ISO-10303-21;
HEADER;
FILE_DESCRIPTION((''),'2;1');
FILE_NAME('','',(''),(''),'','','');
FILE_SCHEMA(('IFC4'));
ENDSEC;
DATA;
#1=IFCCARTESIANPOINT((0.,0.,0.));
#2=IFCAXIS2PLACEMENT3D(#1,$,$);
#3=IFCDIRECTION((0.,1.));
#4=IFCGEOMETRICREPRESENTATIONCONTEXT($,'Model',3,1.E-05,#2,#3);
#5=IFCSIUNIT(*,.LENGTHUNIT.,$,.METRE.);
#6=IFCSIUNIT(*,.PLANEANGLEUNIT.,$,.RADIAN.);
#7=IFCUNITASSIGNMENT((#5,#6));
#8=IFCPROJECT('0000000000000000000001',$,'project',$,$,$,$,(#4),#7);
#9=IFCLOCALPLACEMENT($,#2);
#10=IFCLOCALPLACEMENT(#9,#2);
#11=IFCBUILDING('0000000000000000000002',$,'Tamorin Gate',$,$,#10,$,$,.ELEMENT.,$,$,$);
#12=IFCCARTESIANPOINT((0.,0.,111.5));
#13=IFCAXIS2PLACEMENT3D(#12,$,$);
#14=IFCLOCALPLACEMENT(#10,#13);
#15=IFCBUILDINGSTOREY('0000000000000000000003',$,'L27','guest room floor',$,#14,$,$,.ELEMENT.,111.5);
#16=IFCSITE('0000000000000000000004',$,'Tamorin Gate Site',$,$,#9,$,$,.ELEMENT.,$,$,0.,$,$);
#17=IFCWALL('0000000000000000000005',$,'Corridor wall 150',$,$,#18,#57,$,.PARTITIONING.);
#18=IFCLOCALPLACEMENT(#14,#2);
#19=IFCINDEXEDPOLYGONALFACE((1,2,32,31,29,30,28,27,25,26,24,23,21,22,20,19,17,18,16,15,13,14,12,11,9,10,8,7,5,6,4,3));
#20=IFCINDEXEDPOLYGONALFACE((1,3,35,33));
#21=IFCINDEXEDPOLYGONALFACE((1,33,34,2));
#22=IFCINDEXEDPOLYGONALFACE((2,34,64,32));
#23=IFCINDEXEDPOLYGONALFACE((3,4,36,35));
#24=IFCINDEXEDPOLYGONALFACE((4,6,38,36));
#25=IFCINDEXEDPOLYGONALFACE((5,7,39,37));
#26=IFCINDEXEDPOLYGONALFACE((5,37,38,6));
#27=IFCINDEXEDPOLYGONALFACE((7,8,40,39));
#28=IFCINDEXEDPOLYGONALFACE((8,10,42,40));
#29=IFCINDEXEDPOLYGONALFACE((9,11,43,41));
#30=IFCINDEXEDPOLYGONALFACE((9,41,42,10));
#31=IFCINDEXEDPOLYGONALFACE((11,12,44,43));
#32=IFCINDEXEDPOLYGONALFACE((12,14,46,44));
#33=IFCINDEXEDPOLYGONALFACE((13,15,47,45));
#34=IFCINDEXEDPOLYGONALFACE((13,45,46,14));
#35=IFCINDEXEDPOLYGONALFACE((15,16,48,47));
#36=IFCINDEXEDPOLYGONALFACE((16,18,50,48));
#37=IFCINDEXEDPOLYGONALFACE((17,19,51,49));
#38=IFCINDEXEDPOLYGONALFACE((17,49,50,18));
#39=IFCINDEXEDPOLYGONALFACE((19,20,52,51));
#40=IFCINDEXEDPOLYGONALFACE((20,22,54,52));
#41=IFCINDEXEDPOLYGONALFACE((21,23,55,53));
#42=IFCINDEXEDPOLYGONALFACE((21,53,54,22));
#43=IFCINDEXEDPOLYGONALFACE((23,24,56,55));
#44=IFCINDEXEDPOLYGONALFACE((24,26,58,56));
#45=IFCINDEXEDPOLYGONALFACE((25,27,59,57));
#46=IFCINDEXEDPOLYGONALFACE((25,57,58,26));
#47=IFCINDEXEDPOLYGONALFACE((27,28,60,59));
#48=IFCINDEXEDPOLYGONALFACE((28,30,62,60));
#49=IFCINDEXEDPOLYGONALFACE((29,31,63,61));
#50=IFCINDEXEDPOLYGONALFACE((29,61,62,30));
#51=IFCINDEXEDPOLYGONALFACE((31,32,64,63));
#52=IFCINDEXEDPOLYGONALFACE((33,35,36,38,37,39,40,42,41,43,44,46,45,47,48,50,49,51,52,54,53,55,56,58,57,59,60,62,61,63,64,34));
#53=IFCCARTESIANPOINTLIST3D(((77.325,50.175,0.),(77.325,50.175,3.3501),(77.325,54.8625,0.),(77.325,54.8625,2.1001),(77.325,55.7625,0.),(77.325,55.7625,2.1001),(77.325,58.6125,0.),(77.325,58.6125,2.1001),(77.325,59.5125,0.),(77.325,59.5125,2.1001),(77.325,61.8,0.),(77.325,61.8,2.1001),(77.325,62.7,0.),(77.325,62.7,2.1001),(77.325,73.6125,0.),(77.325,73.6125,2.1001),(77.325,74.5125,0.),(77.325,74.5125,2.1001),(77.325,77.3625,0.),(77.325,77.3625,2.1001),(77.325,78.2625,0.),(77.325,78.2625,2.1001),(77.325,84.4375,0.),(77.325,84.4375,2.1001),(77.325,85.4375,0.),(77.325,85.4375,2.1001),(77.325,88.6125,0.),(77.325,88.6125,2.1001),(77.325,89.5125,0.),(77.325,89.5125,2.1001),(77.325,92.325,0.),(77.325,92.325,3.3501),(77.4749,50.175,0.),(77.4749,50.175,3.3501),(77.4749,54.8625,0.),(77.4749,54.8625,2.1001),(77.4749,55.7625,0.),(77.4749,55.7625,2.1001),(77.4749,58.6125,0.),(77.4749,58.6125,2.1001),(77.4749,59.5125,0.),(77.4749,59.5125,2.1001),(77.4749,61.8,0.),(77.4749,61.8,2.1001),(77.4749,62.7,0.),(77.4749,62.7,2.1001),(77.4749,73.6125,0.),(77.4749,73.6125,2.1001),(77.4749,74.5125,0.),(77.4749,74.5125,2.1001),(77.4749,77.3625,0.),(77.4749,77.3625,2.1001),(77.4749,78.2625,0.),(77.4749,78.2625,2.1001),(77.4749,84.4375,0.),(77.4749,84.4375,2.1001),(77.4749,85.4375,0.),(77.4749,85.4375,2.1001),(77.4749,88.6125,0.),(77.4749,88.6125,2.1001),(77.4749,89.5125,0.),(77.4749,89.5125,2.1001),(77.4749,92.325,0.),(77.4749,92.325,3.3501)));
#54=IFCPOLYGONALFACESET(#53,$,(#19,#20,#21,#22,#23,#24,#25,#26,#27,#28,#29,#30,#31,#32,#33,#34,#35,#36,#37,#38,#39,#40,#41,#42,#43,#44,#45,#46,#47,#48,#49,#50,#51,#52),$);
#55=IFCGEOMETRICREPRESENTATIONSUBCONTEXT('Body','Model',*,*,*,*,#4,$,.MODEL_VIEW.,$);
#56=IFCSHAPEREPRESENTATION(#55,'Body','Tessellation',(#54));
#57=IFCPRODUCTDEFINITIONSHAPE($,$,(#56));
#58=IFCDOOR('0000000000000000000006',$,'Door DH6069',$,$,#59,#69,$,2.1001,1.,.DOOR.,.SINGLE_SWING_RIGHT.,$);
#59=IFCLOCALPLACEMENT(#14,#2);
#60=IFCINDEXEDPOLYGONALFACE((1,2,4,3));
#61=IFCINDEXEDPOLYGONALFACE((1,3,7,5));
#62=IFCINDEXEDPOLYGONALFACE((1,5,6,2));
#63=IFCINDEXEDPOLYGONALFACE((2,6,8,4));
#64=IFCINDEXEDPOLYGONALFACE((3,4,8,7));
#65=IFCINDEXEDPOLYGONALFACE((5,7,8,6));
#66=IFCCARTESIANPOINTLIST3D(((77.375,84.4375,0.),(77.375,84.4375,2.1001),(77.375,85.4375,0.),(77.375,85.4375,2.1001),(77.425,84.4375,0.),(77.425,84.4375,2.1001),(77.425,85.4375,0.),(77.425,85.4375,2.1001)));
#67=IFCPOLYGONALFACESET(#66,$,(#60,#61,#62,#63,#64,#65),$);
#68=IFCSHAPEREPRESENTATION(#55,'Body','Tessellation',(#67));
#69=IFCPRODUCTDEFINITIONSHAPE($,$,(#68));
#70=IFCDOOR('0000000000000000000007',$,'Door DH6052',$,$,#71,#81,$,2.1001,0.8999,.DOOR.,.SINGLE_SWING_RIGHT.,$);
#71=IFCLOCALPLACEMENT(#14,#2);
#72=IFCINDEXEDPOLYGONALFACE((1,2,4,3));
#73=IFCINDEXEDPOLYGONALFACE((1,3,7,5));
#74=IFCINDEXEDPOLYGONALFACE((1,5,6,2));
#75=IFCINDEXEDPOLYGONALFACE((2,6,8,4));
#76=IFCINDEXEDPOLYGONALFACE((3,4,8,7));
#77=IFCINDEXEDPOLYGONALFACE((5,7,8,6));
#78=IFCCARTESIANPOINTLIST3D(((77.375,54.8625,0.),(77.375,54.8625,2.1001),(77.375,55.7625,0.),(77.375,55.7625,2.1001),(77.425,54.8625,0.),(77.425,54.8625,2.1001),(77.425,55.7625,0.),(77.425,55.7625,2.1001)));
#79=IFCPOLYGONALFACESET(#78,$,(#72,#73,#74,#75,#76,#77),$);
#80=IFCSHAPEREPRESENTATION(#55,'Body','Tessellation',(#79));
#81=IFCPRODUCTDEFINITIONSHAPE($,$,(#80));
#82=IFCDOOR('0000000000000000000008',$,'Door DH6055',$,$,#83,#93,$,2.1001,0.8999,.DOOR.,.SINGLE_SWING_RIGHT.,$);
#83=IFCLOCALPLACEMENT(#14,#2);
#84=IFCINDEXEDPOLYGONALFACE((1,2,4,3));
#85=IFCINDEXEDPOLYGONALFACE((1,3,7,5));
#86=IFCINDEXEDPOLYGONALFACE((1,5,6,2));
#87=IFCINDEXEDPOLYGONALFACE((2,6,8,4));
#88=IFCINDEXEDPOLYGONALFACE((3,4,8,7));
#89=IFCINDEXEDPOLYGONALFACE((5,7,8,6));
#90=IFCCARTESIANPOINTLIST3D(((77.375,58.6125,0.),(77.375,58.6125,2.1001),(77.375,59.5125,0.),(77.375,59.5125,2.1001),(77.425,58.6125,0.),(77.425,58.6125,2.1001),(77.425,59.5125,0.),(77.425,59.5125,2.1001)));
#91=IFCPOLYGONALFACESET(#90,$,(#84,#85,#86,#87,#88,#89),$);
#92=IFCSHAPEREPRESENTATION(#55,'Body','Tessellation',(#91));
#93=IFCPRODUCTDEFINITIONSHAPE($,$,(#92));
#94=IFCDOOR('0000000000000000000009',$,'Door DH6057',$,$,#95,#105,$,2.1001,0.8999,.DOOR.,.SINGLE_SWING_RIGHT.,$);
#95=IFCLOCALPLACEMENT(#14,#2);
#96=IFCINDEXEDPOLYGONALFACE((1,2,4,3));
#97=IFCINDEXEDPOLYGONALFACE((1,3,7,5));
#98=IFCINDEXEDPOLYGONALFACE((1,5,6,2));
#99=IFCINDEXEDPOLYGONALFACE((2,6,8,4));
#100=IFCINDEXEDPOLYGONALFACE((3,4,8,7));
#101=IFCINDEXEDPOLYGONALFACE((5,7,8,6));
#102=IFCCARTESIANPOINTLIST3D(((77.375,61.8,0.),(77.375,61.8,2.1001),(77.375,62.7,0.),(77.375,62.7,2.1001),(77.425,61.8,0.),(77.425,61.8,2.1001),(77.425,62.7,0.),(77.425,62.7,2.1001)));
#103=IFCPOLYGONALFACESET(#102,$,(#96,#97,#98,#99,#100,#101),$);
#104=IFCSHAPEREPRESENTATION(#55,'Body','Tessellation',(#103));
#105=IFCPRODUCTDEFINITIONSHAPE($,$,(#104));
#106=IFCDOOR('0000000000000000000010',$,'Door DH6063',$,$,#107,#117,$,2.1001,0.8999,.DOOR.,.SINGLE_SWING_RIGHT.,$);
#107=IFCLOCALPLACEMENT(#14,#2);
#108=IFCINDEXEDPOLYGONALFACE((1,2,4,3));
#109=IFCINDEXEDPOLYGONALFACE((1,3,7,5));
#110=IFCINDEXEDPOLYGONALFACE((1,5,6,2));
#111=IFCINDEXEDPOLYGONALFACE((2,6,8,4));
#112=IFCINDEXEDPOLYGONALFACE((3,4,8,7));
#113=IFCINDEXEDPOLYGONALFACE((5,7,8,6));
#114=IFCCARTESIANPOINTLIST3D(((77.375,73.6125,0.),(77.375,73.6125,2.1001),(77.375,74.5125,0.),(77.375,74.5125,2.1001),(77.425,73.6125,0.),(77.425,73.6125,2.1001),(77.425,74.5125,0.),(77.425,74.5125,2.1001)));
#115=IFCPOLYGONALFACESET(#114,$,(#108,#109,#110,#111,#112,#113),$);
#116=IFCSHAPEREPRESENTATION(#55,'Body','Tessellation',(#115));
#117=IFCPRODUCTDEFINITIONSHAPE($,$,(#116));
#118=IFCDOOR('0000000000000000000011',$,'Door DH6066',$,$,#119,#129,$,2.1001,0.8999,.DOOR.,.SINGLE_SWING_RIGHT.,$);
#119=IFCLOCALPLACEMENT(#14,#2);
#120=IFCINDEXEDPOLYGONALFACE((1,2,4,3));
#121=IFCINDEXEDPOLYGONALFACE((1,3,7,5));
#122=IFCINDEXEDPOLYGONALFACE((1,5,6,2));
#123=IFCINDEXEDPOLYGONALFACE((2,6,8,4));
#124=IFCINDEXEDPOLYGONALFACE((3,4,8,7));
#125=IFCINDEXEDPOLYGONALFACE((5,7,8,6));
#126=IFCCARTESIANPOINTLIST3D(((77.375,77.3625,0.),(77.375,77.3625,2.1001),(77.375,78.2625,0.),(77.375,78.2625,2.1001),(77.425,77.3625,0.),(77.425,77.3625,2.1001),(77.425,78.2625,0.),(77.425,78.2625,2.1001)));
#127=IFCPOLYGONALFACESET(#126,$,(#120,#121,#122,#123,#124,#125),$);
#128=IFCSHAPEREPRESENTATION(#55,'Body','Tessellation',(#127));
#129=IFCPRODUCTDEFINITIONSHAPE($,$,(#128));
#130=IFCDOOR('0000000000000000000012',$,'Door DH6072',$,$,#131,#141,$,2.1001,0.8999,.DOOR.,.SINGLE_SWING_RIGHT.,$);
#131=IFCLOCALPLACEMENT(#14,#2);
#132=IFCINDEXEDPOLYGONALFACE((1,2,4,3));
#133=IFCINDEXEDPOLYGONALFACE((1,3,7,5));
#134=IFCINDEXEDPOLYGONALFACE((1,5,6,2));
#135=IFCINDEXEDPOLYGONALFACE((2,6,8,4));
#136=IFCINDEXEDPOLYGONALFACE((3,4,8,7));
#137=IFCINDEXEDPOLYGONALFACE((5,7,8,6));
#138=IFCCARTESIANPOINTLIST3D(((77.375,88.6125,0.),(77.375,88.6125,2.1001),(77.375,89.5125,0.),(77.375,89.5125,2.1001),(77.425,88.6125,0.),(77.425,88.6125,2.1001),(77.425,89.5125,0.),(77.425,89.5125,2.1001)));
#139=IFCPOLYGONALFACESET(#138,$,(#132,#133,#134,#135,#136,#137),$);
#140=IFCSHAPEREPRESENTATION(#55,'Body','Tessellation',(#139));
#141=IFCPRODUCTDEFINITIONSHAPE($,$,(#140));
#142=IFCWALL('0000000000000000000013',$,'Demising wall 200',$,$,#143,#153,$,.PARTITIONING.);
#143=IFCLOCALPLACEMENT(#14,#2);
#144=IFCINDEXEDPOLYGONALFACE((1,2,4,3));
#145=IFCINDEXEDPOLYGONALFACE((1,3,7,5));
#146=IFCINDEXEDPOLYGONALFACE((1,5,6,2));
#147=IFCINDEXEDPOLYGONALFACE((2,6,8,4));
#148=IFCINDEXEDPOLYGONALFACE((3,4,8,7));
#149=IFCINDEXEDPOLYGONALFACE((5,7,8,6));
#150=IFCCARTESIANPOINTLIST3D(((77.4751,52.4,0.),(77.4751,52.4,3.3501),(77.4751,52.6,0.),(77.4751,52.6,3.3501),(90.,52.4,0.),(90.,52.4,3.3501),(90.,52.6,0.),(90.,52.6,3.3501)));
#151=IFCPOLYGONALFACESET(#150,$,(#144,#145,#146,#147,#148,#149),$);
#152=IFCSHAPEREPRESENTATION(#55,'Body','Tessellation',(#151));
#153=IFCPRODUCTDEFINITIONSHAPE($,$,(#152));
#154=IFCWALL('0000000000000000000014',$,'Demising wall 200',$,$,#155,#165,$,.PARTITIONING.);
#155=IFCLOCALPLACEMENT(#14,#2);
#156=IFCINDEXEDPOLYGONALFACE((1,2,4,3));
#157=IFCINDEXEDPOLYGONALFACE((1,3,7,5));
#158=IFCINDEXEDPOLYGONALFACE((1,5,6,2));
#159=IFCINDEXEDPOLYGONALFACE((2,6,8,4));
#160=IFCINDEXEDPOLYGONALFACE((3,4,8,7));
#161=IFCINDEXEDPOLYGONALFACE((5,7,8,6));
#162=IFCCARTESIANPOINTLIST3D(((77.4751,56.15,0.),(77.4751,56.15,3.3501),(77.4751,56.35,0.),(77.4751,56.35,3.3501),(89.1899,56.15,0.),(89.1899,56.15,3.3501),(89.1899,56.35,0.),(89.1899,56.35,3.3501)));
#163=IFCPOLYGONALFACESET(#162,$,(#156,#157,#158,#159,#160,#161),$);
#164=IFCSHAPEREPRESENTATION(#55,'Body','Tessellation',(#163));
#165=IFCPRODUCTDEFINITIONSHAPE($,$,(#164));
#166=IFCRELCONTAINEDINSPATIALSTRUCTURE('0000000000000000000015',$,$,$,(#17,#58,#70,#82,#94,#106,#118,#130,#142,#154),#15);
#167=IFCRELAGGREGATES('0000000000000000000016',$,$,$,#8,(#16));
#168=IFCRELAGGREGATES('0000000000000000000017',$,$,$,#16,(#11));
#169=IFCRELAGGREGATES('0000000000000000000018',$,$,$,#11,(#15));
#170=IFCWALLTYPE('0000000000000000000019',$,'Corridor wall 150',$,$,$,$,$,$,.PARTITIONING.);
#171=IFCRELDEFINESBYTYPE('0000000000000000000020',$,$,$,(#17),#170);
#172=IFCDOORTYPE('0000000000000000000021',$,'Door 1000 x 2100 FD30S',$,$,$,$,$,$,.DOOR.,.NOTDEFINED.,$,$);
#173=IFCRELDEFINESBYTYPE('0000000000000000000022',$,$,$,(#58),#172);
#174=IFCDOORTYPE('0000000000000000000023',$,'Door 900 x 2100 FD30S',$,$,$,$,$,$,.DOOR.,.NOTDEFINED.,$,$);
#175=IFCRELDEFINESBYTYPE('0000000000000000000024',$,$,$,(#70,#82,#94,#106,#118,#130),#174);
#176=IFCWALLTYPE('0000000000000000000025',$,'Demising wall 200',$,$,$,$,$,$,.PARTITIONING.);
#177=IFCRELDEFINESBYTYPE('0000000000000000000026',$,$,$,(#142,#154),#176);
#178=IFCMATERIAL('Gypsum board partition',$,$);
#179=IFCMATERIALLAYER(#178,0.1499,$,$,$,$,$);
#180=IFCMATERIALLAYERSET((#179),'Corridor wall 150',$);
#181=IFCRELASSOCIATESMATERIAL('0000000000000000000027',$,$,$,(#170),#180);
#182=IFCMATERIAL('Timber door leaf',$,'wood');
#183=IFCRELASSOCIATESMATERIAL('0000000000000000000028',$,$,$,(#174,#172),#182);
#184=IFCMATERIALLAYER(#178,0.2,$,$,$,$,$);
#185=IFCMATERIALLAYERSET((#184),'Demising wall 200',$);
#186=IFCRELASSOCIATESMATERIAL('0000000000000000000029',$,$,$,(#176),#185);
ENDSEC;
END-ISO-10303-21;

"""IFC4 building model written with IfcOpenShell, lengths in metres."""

from ifc_helpers import new_model, si_unit, direction, frame, frame_2d, origin, place, context, subcontext, project, spatial, rectangle, extrude, material, layer, layer_set, type_object, element, fill, save


model = new_model("IFC4")

# Units and contexts
model_context = context("Model", 3, precision=1e-05, world=origin(), true_north=direction((0.0, 1.0)))
body_context = subcontext(model_context, "Body", "Model", "MODEL_VIEW")
ifc_project = project(units=[si_unit("LENGTHUNIT", "METRE"), si_unit("PLANEANGLEUNIT", "RADIAN")], contexts=[model_context])

# Site, building, storey
site_placement = place(None, origin())
site = spatial("IfcSite", under=ifc_project, at=site_placement, Name="Tamorin Gate Site", CompositionType="ELEMENT", RefElevation=0.0)
building_placement = place(site_placement, origin())
building = spatial("IfcBuilding", under=site, at=building_placement, Name="Tamorin Gate", CompositionType="ELEMENT")
storey_placement = place(building_placement, frame((0.0, 0.0, 111.5)))
storey = spatial("IfcBuildingStorey", under=building, at=storey_placement, Name="L27", Description="guest room floor", CompositionType="ELEMENT", Elevation=111.5)

# Shared definitions
ifc_material_1 = material(Name="Gypsum board partition")
ifc_layer_1 = layer(ifc_material_1, 0.1499)
ifc_layer_set_1 = layer_set([ifc_layer_1], Name="Corridor wall 150")
wall_type_1 = type_object("IfcWallType", Name="Corridor wall 150", PredefinedType="PARTITIONING", material=ifc_layer_set_1)
ifc_material_2 = material(Name="Timber door leaf", Category="wood")
door_type_1 = type_object("IfcDoorType", Name="Door 900 x 2100 FD30S", OperationType="NOTDEFINED", PredefinedType="DOOR", material=ifc_material_2)

# Wall, openings, doors
wall_1_placement = place(storey_placement, frame((77.3999, 50.175, 0.0), z_axis=(0.0, 0.0, 1.0), x_axis=(0.0, 1.0, 0.0)))
wall_1 = element("IfcWall", 1, at=wall_1_placement, inside=storey, type_object=wall_type_1, Name="Corridor wall 150", PredefinedType="PARTITIONING", context=body_context, shape_type="SweptSolid", body=[
    extrude(rectangle(XDim=42.1499, YDim=0.1499, at=frame_2d((21.075, 0.0))), origin(), (0.0, 0.0, 1.0), 3.3501),
])
opening_1_placement = place(wall_1_placement, frame((4.6875, 0.0, 0.0)))
opening_1 = element("IfcOpeningElement", 2, at=opening_1_placement, cuts=wall_1, PredefinedType="OPENING", context=body_context, shape_type="SweptSolid", body=[
    extrude(rectangle(XDim=0.8999, YDim=2.1001, at=frame_2d((0.45, 1.05))), frame((0.0, 0.085, 0.0), z_axis=(0.0, -1.0, 0.0), x_axis=(1.0, 0.0, 0.0)), (0.0, 0.0, 1.0), 0.1699),
])
opening_2_placement = place(wall_1_placement, frame((8.4375, 0.0, 0.0)))
opening_2 = element("IfcOpeningElement", 3, at=opening_2_placement, cuts=wall_1, PredefinedType="OPENING", context=body_context, shape_type="SweptSolid", body=[
    extrude(rectangle(XDim=0.8999, YDim=2.1001, at=frame_2d((0.45, 1.05))), frame((0.0, 0.085, 0.0), z_axis=(0.0, -1.0, 0.0), x_axis=(1.0, 0.0, 0.0)), (0.0, 0.0, 1.0), 0.1699),
])
opening_3_placement = place(wall_1_placement, frame((11.625, 0.0, 0.0)))
opening_3 = element("IfcOpeningElement", 4, at=opening_3_placement, cuts=wall_1, PredefinedType="OPENING", context=body_context, shape_type="SweptSolid", body=[
    extrude(rectangle(XDim=0.8999, YDim=2.1001, at=frame_2d((0.45, 1.05))), frame((0.0, 0.085, 0.0), z_axis=(0.0, -1.0, 0.0), x_axis=(1.0, 0.0, 0.0)), (0.0, 0.0, 1.0), 0.1699),
])
opening_4_placement = place(wall_1_placement, frame((23.4375, 0.0, 0.0)))
opening_4 = element("IfcOpeningElement", 5, at=opening_4_placement, cuts=wall_1, PredefinedType="OPENING", context=body_context, shape_type="SweptSolid", body=[
    extrude(rectangle(XDim=0.8999, YDim=2.1001, at=frame_2d((0.45, 1.05))), frame((0.0, 0.085, 0.0), z_axis=(0.0, -1.0, 0.0), x_axis=(1.0, 0.0, 0.0)), (0.0, 0.0, 1.0), 0.1699),
])
opening_5_placement = place(wall_1_placement, frame((27.1875, 0.0, 0.0)))
opening_5 = element("IfcOpeningElement", 6, at=opening_5_placement, cuts=wall_1, PredefinedType="OPENING", context=body_context, shape_type="SweptSolid", body=[
    extrude(rectangle(XDim=0.8999, YDim=2.1001, at=frame_2d((0.45, 1.05))), frame((0.0, 0.085, 0.0), z_axis=(0.0, -1.0, 0.0), x_axis=(1.0, 0.0, 0.0)), (0.0, 0.0, 1.0), 0.1699),
])
opening_6_placement = place(wall_1_placement, frame((34.2625, 0.0, 0.0)))
opening_6 = element("IfcOpeningElement", 7, at=opening_6_placement, cuts=wall_1, PredefinedType="OPENING", context=body_context, shape_type="SweptSolid", body=[
    extrude(rectangle(XDim=1.0, YDim=2.1001, at=frame_2d((0.5, 1.05))), frame((0.0, 0.085, 0.0), z_axis=(0.0, -1.0, 0.0), x_axis=(1.0, 0.0, 0.0)), (0.0, 0.0, 1.0), 0.1699),
])
opening_7_placement = place(wall_1_placement, frame((38.4375, 0.0, 0.0)))
opening_7 = element("IfcOpeningElement", 8, at=opening_7_placement, cuts=wall_1, PredefinedType="OPENING", context=body_context, shape_type="SweptSolid", body=[
    extrude(rectangle(XDim=0.8999, YDim=2.1001, at=frame_2d((0.45, 1.05))), frame((0.0, 0.085, 0.0), z_axis=(0.0, -1.0, 0.0), x_axis=(1.0, 0.0, 0.0)), (0.0, 0.0, 1.0), 0.1699),
])
door_type_2 = type_object("IfcDoorType", Name="Door 1000 x 2100 FD30S", OperationType="NOTDEFINED", PredefinedType="DOOR", material=ifc_material_2)
door_1_placement = place(opening_6_placement, origin())
door_1 = element("IfcDoor", 9, at=door_1_placement, inside=storey, type_object=door_type_2, Name="Door DH6069", OperationType="SINGLE_SWING_RIGHT", OverallHeight=2.1001, OverallWidth=1.0, PredefinedType="DOOR", context=body_context, shape_type="SweptSolid", body=[
    extrude(rectangle(XDim=1.0, YDim=2.1001, at=frame_2d((0.5, 1.05))), frame((0.0, 0.0249, 0.0), z_axis=(0.0, -1.0, 0.0), x_axis=(1.0, 0.0, 0.0)), (0.0, 0.0, 1.0), 0.05),
])
fill(opening_6, door_1)
door_2_placement = place(opening_1_placement, origin())
door_2 = element("IfcDoor", 10, at=door_2_placement, inside=storey, type_object=door_type_1, Name="Door DH6052", OperationType="SINGLE_SWING_RIGHT", OverallHeight=2.1001, OverallWidth=0.8999, PredefinedType="DOOR", context=body_context, shape_type="SweptSolid", body=[
    extrude(rectangle(XDim=0.8999, YDim=2.1001, at=frame_2d((0.45, 1.05))), frame((0.0, 0.0249, 0.0), z_axis=(0.0, -1.0, 0.0), x_axis=(1.0, 0.0, 0.0)), (0.0, 0.0, 1.0), 0.05),
])
fill(opening_1, door_2)
door_3_placement = place(opening_2_placement, origin())
door_3 = element("IfcDoor", 11, at=door_3_placement, inside=storey, type_object=door_type_1, Name="Door DH6055", OperationType="SINGLE_SWING_RIGHT", OverallHeight=2.1001, OverallWidth=0.8999, PredefinedType="DOOR", context=body_context, shape_type="SweptSolid", body=[
    extrude(rectangle(XDim=0.8999, YDim=2.1001, at=frame_2d((0.45, 1.05))), frame((0.0, 0.0249, 0.0), z_axis=(0.0, -1.0, 0.0), x_axis=(1.0, 0.0, 0.0)), (0.0, 0.0, 1.0), 0.05),
])
fill(opening_2, door_3)
door_4_placement = place(opening_3_placement, origin())
door_4 = element("IfcDoor", 12, at=door_4_placement, inside=storey, type_object=door_type_1, Name="Door DH6057", OperationType="SINGLE_SWING_RIGHT", OverallHeight=2.1001, OverallWidth=0.8999, PredefinedType="DOOR", context=body_context, shape_type="SweptSolid", body=[
    extrude(rectangle(XDim=0.8999, YDim=2.1001, at=frame_2d((0.45, 1.05))), frame((0.0, 0.0249, 0.0), z_axis=(0.0, -1.0, 0.0), x_axis=(1.0, 0.0, 0.0)), (0.0, 0.0, 1.0), 0.05),
])
fill(opening_3, door_4)
door_5_placement = place(opening_4_placement, origin())
door_5 = element("IfcDoor", 13, at=door_5_placement, inside=storey, type_object=door_type_1, Name="Door DH6063", OperationType="SINGLE_SWING_RIGHT", OverallHeight=2.1001, OverallWidth=0.8999, PredefinedType="DOOR", context=body_context, shape_type="SweptSolid", body=[
    extrude(rectangle(XDim=0.8999, YDim=2.1001, at=frame_2d((0.45, 1.05))), frame((0.0, 0.0249, 0.0), z_axis=(0.0, -1.0, 0.0), x_axis=(1.0, 0.0, 0.0)), (0.0, 0.0, 1.0), 0.05),
])
fill(opening_4, door_5)
door_6_placement = place(opening_5_placement, origin())
door_6 = element("IfcDoor", 14, at=door_6_placement, inside=storey, type_object=door_type_1, Name="Door DH6066", OperationType="SINGLE_SWING_RIGHT", OverallHeight=2.1001, OverallWidth=0.8999, PredefinedType="DOOR", context=body_context, shape_type="SweptSolid", body=[
    extrude(rectangle(XDim=0.8999, YDim=2.1001, at=frame_2d((0.45, 1.05))), frame((0.0, 0.0249, 0.0), z_axis=(0.0, -1.0, 0.0), x_axis=(1.0, 0.0, 0.0)), (0.0, 0.0, 1.0), 0.05),
])
fill(opening_5, door_6)
door_7_placement = place(opening_7_placement, origin())
door_7 = element("IfcDoor", 15, at=door_7_placement, inside=storey, type_object=door_type_1, Name="Door DH6072", OperationType="SINGLE_SWING_RIGHT", OverallHeight=2.1001, OverallWidth=0.8999, PredefinedType="DOOR", context=body_context, shape_type="SweptSolid", body=[
    extrude(rectangle(XDim=0.8999, YDim=2.1001, at=frame_2d((0.45, 1.05))), frame((0.0, 0.0249, 0.0), z_axis=(0.0, -1.0, 0.0), x_axis=(1.0, 0.0, 0.0)), (0.0, 0.0, 1.0), 0.05),
])
fill(opening_7, door_7)

# Walls
ifc_layer_2 = layer(ifc_material_1, 0.2)
ifc_layer_set_2 = layer_set([ifc_layer_2], Name="Demising wall 200")
wall_type_2 = type_object("IfcWallType", Name="Demising wall 200", PredefinedType="PARTITIONING", material=ifc_layer_set_2)
wall_2_placement = place(storey_placement, frame((77.4751, 52.5, 0.0), z_axis=(0.0, 0.0, 1.0), x_axis=(1.0, 0.0, 0.0)))
element("IfcWall", 16, at=wall_2_placement, inside=storey, type_object=wall_type_2, Name="Demising wall 200", PredefinedType="PARTITIONING", context=body_context, shape_type="SweptSolid", body=[
    extrude(rectangle(XDim=12.5249, YDim=0.2, at=frame_2d((6.2625, 0.0))), origin(), (0.0, 0.0, 1.0), 3.3501),
])
wall_3_placement = place(storey_placement, frame((77.4751, 56.25, 0.0), z_axis=(0.0, 0.0, 1.0), x_axis=(1.0, 0.0, 0.0)))
element("IfcWall", 17, at=wall_3_placement, inside=storey, type_object=wall_type_2, Name="Demising wall 200", PredefinedType="PARTITIONING", context=body_context, shape_type="SweptSolid", body=[
    extrude(rectangle(XDim=11.7148, YDim=0.2, at=frame_2d((5.8574, 0.0))), origin(), (0.0, 0.0, 1.0), 3.3501),
])

save(model, "model.ifc")
